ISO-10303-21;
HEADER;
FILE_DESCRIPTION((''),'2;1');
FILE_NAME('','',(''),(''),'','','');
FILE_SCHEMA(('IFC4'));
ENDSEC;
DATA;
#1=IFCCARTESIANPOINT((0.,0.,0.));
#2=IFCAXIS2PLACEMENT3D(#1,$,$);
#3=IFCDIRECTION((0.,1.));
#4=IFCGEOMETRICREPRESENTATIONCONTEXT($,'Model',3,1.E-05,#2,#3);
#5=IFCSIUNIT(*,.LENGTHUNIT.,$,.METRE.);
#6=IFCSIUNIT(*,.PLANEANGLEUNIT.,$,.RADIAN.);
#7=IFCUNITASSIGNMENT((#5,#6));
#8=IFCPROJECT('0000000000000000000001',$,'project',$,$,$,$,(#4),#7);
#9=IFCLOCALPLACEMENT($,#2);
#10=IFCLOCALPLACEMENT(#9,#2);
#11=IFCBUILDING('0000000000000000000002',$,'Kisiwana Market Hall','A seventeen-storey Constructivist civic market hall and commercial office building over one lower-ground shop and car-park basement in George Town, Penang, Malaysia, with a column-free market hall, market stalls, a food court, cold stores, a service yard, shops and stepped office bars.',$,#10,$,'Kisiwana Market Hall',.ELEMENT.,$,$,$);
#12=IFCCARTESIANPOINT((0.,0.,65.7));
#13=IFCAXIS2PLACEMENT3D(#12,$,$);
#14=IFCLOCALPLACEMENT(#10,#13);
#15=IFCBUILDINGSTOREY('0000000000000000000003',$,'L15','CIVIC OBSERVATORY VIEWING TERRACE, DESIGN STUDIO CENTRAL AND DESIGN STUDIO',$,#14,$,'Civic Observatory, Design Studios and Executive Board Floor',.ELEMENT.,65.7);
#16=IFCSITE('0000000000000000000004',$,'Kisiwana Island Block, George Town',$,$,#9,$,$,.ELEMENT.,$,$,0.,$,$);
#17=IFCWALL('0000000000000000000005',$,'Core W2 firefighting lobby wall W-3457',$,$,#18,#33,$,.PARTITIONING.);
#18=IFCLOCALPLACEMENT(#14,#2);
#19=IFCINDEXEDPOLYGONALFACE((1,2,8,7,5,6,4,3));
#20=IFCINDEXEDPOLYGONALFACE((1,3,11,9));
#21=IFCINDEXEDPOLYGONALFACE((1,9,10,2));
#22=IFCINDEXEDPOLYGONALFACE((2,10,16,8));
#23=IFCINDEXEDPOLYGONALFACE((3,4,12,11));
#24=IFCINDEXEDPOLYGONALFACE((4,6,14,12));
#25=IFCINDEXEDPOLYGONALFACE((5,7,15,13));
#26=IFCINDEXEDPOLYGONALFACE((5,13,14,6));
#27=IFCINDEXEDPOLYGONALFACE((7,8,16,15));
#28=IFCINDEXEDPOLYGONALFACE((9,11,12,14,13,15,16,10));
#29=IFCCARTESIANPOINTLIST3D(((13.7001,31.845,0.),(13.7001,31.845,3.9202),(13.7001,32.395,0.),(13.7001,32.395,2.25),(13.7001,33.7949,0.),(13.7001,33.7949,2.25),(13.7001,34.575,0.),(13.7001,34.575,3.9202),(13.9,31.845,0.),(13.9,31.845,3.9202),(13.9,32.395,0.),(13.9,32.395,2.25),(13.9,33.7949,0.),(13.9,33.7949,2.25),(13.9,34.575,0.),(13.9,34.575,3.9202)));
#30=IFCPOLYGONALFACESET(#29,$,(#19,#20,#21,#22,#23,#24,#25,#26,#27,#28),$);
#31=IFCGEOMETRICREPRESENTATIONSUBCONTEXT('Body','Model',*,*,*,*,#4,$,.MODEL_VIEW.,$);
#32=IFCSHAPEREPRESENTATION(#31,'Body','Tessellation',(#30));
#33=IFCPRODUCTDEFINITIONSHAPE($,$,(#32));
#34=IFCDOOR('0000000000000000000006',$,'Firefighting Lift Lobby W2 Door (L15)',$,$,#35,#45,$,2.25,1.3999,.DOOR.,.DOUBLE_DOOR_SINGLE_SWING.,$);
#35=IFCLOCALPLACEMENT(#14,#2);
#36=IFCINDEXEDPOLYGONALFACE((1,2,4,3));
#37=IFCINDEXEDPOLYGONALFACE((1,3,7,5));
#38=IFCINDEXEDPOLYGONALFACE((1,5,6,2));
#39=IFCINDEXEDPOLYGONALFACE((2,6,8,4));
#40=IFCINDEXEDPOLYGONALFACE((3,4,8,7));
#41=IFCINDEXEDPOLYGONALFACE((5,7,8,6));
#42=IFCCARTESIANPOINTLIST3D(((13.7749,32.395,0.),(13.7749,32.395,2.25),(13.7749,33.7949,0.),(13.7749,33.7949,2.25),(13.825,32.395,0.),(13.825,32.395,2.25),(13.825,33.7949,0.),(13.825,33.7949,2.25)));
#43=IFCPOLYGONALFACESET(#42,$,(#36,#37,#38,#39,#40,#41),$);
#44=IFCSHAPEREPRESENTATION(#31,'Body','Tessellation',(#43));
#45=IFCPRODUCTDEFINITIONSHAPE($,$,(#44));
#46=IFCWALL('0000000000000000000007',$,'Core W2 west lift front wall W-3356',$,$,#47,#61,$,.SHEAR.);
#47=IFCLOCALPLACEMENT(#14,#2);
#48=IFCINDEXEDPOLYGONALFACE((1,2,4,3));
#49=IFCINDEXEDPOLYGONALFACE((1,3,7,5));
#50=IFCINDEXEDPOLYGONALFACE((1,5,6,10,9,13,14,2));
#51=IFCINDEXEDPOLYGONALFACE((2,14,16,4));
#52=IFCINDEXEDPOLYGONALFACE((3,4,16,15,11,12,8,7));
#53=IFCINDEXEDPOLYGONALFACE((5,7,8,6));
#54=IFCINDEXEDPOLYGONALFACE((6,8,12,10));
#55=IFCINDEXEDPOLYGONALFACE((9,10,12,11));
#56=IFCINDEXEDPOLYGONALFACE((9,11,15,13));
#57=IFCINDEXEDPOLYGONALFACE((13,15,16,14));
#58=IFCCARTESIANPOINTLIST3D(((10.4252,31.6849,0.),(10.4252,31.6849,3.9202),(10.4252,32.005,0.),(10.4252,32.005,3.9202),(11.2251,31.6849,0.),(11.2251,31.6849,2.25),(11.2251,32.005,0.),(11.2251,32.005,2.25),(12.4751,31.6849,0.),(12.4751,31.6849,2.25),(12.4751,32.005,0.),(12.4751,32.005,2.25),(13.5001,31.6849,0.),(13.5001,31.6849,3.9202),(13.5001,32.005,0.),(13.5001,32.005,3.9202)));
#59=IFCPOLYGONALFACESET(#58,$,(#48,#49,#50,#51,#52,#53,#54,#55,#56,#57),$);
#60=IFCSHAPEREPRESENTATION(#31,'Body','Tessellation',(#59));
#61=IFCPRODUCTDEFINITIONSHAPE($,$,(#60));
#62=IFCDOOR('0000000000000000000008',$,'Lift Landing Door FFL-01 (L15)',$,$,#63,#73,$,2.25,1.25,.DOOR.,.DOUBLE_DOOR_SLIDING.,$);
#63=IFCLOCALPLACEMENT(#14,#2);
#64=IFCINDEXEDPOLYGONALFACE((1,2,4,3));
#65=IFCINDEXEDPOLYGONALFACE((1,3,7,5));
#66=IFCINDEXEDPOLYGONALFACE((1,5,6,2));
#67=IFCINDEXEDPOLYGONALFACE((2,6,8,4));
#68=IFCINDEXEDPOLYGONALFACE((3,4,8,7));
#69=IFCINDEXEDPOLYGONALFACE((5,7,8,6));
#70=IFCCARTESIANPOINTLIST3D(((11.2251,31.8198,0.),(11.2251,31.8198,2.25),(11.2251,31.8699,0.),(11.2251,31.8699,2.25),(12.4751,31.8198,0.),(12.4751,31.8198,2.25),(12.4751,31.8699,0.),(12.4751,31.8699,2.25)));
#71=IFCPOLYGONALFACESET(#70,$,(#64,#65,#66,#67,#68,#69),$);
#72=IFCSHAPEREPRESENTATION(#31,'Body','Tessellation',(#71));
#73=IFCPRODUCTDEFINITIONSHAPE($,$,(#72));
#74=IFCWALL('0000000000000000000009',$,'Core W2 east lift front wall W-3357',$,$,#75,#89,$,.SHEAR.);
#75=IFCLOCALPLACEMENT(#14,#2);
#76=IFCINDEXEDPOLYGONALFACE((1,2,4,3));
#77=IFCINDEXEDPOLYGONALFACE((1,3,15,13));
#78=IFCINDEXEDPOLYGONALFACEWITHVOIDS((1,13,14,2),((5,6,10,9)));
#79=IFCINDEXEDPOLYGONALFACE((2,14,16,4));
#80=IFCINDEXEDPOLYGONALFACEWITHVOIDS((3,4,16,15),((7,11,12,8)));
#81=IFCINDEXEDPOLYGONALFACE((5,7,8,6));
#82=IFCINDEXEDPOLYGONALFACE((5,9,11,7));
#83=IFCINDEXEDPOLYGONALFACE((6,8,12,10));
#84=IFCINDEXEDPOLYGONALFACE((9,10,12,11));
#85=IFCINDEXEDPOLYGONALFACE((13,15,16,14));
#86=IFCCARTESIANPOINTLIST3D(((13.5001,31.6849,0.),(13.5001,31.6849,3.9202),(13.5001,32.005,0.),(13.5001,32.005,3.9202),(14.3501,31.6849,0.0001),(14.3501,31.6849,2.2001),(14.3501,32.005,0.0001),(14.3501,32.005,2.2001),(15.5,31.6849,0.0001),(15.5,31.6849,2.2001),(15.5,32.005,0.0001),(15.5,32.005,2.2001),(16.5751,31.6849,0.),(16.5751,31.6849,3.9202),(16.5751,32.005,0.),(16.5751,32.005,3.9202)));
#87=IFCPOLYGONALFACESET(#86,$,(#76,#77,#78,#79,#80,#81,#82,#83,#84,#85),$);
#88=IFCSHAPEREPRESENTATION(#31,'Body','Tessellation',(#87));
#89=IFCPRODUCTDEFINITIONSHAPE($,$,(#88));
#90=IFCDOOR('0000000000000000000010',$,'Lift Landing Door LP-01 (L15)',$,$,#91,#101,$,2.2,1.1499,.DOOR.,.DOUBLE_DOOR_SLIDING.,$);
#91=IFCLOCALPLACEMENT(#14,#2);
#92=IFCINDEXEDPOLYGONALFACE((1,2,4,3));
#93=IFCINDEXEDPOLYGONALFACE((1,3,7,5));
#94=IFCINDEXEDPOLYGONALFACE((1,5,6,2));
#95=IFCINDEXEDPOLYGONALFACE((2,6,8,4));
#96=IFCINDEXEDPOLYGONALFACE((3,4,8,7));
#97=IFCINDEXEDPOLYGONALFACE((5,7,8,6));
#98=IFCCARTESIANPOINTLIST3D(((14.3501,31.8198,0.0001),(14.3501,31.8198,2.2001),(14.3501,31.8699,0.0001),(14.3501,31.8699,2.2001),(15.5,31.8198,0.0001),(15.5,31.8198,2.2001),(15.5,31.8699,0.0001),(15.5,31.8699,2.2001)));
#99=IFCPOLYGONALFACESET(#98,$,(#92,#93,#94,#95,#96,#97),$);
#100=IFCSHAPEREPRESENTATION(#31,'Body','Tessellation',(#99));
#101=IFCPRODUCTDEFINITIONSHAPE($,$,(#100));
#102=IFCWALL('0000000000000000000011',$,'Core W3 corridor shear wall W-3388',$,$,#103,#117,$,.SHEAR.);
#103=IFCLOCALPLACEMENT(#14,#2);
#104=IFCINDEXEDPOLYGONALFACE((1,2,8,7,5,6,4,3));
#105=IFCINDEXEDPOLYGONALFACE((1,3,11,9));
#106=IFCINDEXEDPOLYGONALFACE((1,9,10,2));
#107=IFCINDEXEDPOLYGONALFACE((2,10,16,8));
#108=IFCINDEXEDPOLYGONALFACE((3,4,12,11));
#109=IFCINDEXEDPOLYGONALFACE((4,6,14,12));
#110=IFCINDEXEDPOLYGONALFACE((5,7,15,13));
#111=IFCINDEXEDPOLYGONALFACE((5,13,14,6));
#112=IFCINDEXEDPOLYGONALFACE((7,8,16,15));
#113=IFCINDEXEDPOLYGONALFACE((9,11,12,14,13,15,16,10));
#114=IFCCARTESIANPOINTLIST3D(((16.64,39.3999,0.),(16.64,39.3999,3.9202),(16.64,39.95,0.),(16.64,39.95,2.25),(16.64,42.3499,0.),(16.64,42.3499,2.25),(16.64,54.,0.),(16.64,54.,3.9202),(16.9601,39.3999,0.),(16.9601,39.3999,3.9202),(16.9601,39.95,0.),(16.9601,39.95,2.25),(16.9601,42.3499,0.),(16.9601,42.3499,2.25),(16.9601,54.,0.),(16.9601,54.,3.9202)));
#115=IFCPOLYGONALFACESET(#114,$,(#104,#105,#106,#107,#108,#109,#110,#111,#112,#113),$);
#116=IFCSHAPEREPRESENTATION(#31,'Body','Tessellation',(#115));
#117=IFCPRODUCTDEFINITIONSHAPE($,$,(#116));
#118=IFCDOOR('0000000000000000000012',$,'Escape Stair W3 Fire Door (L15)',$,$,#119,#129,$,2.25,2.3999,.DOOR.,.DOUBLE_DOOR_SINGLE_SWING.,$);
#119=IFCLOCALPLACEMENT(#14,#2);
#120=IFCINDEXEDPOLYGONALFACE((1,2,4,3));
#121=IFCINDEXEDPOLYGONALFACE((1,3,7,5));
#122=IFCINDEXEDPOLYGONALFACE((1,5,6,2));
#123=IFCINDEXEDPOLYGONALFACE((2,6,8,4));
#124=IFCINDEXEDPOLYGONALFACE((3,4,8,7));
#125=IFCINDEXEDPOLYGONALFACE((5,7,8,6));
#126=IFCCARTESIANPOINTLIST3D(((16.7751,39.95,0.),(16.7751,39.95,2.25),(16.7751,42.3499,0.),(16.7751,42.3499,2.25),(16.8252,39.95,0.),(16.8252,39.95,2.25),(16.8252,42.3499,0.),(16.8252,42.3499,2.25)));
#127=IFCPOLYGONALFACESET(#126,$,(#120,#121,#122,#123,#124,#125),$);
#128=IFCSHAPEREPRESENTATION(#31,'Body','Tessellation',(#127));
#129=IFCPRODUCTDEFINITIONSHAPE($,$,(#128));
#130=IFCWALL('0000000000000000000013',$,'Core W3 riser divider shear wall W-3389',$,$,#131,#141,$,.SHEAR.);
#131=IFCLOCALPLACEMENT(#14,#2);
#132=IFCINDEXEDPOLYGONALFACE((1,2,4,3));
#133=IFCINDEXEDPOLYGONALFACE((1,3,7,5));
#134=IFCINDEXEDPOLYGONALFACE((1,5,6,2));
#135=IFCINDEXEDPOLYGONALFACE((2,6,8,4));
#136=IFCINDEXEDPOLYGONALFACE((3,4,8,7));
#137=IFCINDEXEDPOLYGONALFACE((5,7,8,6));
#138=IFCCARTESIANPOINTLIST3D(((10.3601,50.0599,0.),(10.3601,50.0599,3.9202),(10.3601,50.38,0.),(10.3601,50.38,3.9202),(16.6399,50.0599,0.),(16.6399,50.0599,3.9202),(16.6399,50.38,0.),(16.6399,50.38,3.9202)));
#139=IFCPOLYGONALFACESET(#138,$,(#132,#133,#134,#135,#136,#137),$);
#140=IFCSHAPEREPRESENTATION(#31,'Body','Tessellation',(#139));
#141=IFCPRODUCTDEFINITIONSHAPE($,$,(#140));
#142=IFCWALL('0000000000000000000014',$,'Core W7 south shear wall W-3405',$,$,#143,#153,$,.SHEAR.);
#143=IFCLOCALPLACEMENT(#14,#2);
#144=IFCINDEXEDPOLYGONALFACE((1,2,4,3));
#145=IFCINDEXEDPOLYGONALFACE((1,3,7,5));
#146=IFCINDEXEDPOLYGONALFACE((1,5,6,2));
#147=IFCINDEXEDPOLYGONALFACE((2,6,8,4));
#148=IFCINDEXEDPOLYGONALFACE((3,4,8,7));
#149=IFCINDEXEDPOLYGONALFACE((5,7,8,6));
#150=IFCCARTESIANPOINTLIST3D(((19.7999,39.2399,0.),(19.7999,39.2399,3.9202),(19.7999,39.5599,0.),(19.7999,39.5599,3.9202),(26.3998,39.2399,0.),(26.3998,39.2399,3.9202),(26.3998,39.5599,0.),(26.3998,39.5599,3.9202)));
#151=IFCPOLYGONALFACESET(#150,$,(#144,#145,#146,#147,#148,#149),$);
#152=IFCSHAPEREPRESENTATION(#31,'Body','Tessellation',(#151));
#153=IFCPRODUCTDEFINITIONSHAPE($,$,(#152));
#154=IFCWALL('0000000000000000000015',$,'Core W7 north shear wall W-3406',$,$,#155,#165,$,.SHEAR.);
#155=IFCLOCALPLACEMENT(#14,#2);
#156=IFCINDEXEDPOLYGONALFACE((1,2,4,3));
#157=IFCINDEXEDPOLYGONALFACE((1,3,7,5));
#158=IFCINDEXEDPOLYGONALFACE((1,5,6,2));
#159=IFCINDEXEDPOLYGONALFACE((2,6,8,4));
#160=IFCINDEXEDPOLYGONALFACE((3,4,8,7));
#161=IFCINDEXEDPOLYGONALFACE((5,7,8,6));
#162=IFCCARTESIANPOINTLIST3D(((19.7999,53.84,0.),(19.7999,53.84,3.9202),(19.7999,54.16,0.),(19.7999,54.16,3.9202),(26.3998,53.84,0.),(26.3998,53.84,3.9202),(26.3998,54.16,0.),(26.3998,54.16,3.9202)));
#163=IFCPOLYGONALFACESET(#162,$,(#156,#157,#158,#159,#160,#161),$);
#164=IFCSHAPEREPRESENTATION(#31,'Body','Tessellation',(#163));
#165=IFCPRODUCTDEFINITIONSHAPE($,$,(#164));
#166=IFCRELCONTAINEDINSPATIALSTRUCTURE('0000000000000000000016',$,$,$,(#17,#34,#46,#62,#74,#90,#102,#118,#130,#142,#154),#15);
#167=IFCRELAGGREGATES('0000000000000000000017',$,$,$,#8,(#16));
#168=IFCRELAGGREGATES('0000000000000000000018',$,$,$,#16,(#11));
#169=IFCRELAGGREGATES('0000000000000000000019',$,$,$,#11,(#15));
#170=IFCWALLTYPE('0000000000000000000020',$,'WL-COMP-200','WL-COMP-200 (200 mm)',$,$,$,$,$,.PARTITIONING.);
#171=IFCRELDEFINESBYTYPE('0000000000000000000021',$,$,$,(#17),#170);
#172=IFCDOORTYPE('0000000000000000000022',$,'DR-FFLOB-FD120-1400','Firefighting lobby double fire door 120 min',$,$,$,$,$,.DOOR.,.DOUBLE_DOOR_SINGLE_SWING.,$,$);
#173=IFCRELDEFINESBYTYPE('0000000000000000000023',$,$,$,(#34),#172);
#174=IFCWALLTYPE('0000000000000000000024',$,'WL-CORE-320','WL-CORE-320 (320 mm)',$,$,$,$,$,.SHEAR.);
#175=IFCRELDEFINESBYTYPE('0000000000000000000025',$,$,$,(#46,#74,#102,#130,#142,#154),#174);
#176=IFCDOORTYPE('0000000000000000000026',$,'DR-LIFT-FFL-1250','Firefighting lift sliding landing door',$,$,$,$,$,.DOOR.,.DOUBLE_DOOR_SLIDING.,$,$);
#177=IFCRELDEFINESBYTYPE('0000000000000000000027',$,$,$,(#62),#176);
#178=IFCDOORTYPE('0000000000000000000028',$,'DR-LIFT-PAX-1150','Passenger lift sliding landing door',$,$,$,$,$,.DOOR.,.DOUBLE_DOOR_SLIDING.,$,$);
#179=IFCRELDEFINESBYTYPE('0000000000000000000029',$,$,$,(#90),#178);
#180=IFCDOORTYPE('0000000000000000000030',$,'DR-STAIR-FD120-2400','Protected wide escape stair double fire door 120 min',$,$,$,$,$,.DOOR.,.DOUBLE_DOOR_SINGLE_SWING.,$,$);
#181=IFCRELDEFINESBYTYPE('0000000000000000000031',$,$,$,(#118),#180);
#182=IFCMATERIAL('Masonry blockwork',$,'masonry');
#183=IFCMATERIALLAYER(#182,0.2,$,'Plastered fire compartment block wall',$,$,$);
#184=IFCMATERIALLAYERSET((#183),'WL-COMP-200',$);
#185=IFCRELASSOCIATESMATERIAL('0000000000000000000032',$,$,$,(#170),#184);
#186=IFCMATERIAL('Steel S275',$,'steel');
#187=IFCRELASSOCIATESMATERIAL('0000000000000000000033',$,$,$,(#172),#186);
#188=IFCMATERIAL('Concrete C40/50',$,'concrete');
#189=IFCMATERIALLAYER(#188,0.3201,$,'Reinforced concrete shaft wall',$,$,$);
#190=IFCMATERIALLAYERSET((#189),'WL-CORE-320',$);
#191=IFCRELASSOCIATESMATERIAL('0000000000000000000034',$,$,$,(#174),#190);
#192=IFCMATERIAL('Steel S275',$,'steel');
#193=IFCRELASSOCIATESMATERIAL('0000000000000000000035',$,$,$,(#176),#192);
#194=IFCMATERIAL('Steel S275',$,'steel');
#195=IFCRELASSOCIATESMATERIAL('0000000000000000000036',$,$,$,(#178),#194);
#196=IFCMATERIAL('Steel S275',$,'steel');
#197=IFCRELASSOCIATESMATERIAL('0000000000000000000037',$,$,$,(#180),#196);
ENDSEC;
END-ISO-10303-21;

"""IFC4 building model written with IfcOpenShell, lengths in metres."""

from ifc_helpers import new_model, si_unit, direction, frame, frame_2d, origin, place, context, subcontext, project, spatial, rectangle, extrude, material, layer, layer_set, type_object, element, fill, save


model = new_model("IFC4")

# Units and contexts
model_context = context("Model", 3, precision=1e-05, world=origin(), true_north=direction((0.0, 1.0)))
body_context = subcontext(model_context, "Body", "Model", "MODEL_VIEW")
ifc_project = project(units=[si_unit("LENGTHUNIT", "METRE"), si_unit("PLANEANGLEUNIT", "RADIAN")], contexts=[model_context])

# Site, building, storey
site_placement = place(None, origin())
site = spatial("IfcSite", under=ifc_project, at=site_placement, Name="Kisiwana Island Block, George Town", CompositionType="ELEMENT", RefElevation=0.0)
building_placement = place(site_placement, origin())
building = spatial("IfcBuilding", under=site, at=building_placement, Name="Kisiwana Market Hall", Description="A seventeen-storey Constructivist civic market hall and commercial office building over one lower-ground shop and car-park basement in George Town, Penang, Malaysia, with a column-free market hall, market stalls, a food court, cold stores, a service yard, shops and stepped office bars.", LongName="Kisiwana Market Hall", CompositionType="ELEMENT")
storey_placement = place(building_placement, frame((0.0, 0.0, 65.7)))
storey = spatial("IfcBuildingStorey", under=building, at=storey_placement, Name="L15", Description="CIVIC OBSERVATORY VIEWING TERRACE, DESIGN STUDIO CENTRAL AND DESIGN STUDIO", LongName="Civic Observatory, Design Studios and Executive Board Floor", CompositionType="ELEMENT", Elevation=65.7)

# Walls, openings, doors
ifc_material_1 = material(Name="Masonry blockwork", Category="masonry")
ifc_layer_1 = layer(ifc_material_1, 0.2, Name="Plastered fire compartment block wall")
ifc_layer_set_1 = layer_set([ifc_layer_1], Name="WL-COMP-200")
wall_type_1 = type_object("IfcWallType", Name="WL-COMP-200", Description="WL-COMP-200 (200 mm)", PredefinedType="PARTITIONING", material=ifc_layer_set_1)
wall_1_placement = place(storey_placement, frame((13.8, 31.845, 0.0), z_axis=(0.0, 0.0, 1.0), x_axis=(0.0, 1.0, 0.0)))
wall_1 = element("IfcWall", 1, at=wall_1_placement, inside=storey, type_object=wall_type_1, Name="Core W2 firefighting lobby wall W-3457", PredefinedType="PARTITIONING", context=body_context, shape_type="SweptSolid", body=[
    extrude(rectangle(XDim=2.73, YDim=0.2, at=frame_2d((1.365, 0.0))), origin(), (0.0, 0.0, 1.0), 3.9202),
])
opening_1_placement = place(wall_1_placement, frame((0.55, 0.0, 0.0)))
opening_1 = element("IfcOpeningElement", 2, at=opening_1_placement, cuts=wall_1, PredefinedType="OPENING", context=body_context, shape_type="SweptSolid", body=[
    extrude(rectangle(XDim=1.3999, YDim=2.25, at=frame_2d((0.7, 1.125))), frame((0.0, 0.1118, 0.0), z_axis=(0.0, -1.0, 0.0), x_axis=(1.0, 0.0, 0.0)), (0.0, 0.0, 1.0), 0.2239),
])
ifc_material_2 = material(Name="Steel S275", Category="steel")
door_type_1 = type_object("IfcDoorType", Name="DR-FFLOB-FD120-1400", Description="Firefighting lobby double fire door 120 min", OperationType="DOUBLE_DOOR_SINGLE_SWING", PredefinedType="DOOR", material=ifc_material_2)
door_1_placement = place(opening_1_placement, frame((1.3999, 0.0, 0.0), z_axis=(0.0, 0.0, 1.0), x_axis=(-1.0, 0.0, 0.0)))
door_1 = element("IfcDoor", 3, at=door_1_placement, inside=storey, type_object=door_type_1, Name="Firefighting Lift Lobby W2 Door (L15)", OperationType="DOUBLE_DOOR_SINGLE_SWING", OverallHeight=2.25, OverallWidth=1.3999, PredefinedType="DOOR", context=body_context, shape_type="SweptSolid", body=[
    extrude(rectangle(XDim=1.3999, YDim=2.25, at=frame_2d((0.7, 1.125))), frame((0.0, 0.0249, 0.0), z_axis=(0.0, -1.0, 0.0), x_axis=(1.0, 0.0, 0.0)), (0.0, 0.0, 1.0), 0.05),
])
fill(opening_1, door_1)
ifc_material_3 = material(Name="Concrete C40/50", Category="concrete")
ifc_layer_2 = layer(ifc_material_3, 0.3201, Name="Reinforced concrete shaft wall")
ifc_layer_set_2 = layer_set([ifc_layer_2], Name="WL-CORE-320")
wall_type_2 = type_object("IfcWallType", Name="WL-CORE-320", Description="WL-CORE-320 (320 mm)", PredefinedType="SHEAR", material=ifc_layer_set_2)
wall_2_placement = place(storey_placement, frame((10.425, 31.845, 0.0), z_axis=(0.0, 0.0, 1.0), x_axis=(1.0, 0.0, 0.0)))
wall_2 = element("IfcWall", 4, at=wall_2_placement, inside=storey, type_object=wall_type_2, Name="Core W2 west lift front wall W-3356", PredefinedType="SHEAR", context=body_context, shape_type="SweptSolid", body=[
    extrude(rectangle(XDim=3.075, YDim=0.3201, at=frame_2d((1.5376, 0.0))), origin(), (0.0, 0.0, 1.0), 3.9202),
])
opening_2_placement = place(wall_2_placement, frame((0.8, 0.0, 0.0)))
opening_2 = element("IfcOpeningElement", 5, at=opening_2_placement, cuts=wall_2, PredefinedType="OPENING", context=body_context, shape_type="SweptSolid", body=[
    extrude(rectangle(XDim=1.25, YDim=2.25, at=frame_2d((0.625, 1.125))), frame((0.0, 0.1719, 0.0), z_axis=(0.0, -1.0, 0.0), x_axis=(1.0, 0.0, 0.0)), (0.0, 0.0, 1.0), 0.344),
])
ifc_material_4 = material(Name="Steel S275", Category="steel")
door_type_2 = type_object("IfcDoorType", Name="DR-LIFT-FFL-1250", Description="Firefighting lift sliding landing door", OperationType="DOUBLE_DOOR_SLIDING", PredefinedType="DOOR", material=ifc_material_4)
door_2_placement = place(opening_2_placement, origin())
door_2 = element("IfcDoor", 6, at=door_2_placement, inside=storey, type_object=door_type_2, Name="Lift Landing Door FFL-01 (L15)", OperationType="DOUBLE_DOOR_SLIDING", OverallHeight=2.25, OverallWidth=1.25, PredefinedType="DOOR", context=body_context, shape_type="SweptSolid", body=[
    extrude(rectangle(XDim=1.25, YDim=2.25, at=frame_2d((0.625, 1.125))), frame((0.0, 0.0249, 0.0), z_axis=(0.0, -1.0, 0.0), x_axis=(1.0, 0.0, 0.0)), (0.0, 0.0, 1.0), 0.05),
])
fill(opening_2, door_2)
wall_3_placement = place(storey_placement, frame((13.5, 31.845, 0.0), z_axis=(0.0, 0.0, 1.0), x_axis=(1.0, 0.0, 0.0)))
wall_3 = element("IfcWall", 7, at=wall_3_placement, inside=storey, type_object=wall_type_2, Name="Core W2 east lift front wall W-3357", PredefinedType="SHEAR", context=body_context, shape_type="SweptSolid", body=[
    extrude(rectangle(XDim=3.075, YDim=0.3201, at=frame_2d((1.5376, 0.0))), origin(), (0.0, 0.0, 1.0), 3.9202),
])
opening_3_placement = place(wall_3_placement, frame((0.8501, 0.0, 0.0)))
opening_3 = element("IfcOpeningElement", 8, at=opening_3_placement, cuts=wall_3, PredefinedType="OPENING", context=body_context, shape_type="SweptSolid", body=[
    extrude(rectangle(XDim=1.1499, YDim=2.2, at=frame_2d((0.575, 1.1001))), frame((0.0, 0.1719, 0.0), z_axis=(0.0, -1.0, 0.0), x_axis=(1.0, 0.0, 0.0)), (0.0, 0.0, 1.0), 0.344),
])
ifc_material_5 = material(Name="Steel S275", Category="steel")
door_type_3 = type_object("IfcDoorType", Name="DR-LIFT-PAX-1150", Description="Passenger lift sliding landing door", OperationType="DOUBLE_DOOR_SLIDING", PredefinedType="DOOR", material=ifc_material_5)
door_3_placement = place(opening_3_placement, origin())
door_3 = element("IfcDoor", 9, at=door_3_placement, inside=storey, type_object=door_type_3, Name="Lift Landing Door LP-01 (L15)", OperationType="DOUBLE_DOOR_SLIDING", OverallHeight=2.2, OverallWidth=1.1499, PredefinedType="DOOR", context=body_context, shape_type="SweptSolid", body=[
    extrude(rectangle(XDim=1.1499, YDim=2.2, at=frame_2d((0.575, 1.1001))), frame((0.0, 0.0249, 0.0), z_axis=(0.0, -1.0, 0.0), x_axis=(1.0, 0.0, 0.0)), (0.0, 0.0, 1.0), 0.05),
])
fill(opening_3, door_3)
wall_4_placement = place(storey_placement, frame((16.8, 39.3999, 0.0), z_axis=(0.0, 0.0, 1.0), x_axis=(0.0, 1.0, 0.0)))
wall_4 = element("IfcWall", 10, at=wall_4_placement, inside=storey, type_object=wall_type_2, Name="Core W3 corridor shear wall W-3388", PredefinedType="SHEAR", context=body_context, shape_type="SweptSolid", body=[
    extrude(rectangle(XDim=14.6001, YDim=0.3201, at=frame_2d((7.3, 0.0))), origin(), (0.0, 0.0, 1.0), 3.9202),
])
opening_4_placement = place(wall_4_placement, frame((0.55, 0.0, 0.0)))
opening_4 = element("IfcOpeningElement", 11, at=opening_4_placement, cuts=wall_4, PredefinedType="OPENING", context=body_context, shape_type="SweptSolid", body=[
    extrude(rectangle(XDim=2.3999, YDim=2.25, at=frame_2d((1.2, 1.125))), frame((0.0, 0.1719, 0.0), z_axis=(0.0, -1.0, 0.0), x_axis=(1.0, 0.0, 0.0)), (0.0, 0.0, 1.0), 0.344),
])
ifc_material_6 = material(Name="Steel S275", Category="steel")
door_type_4 = type_object("IfcDoorType", Name="DR-STAIR-FD120-2400", Description="Protected wide escape stair double fire door 120 min", OperationType="DOUBLE_DOOR_SINGLE_SWING", PredefinedType="DOOR", material=ifc_material_6)
door_4_placement = place(opening_4_placement, origin())
door_4 = element("IfcDoor", 12, at=door_4_placement, inside=storey, type_object=door_type_4, Name="Escape Stair W3 Fire Door (L15)", OperationType="DOUBLE_DOOR_SINGLE_SWING", OverallHeight=2.25, OverallWidth=2.3999, PredefinedType="DOOR", context=body_context, shape_type="SweptSolid", body=[
    extrude(rectangle(XDim=2.3999, YDim=2.25, at=frame_2d((1.2, 1.125))), frame((0.0, 0.0249, 0.0), z_axis=(0.0, -1.0, 0.0), x_axis=(1.0, 0.0, 0.0)), (0.0, 0.0, 1.0), 0.05),
])
fill(opening_4, door_4)

# Walls
wall_5_placement = place(storey_placement, frame((10.3601, 50.22, 0.0), z_axis=(0.0, 0.0, 1.0), x_axis=(1.0, 0.0, 0.0)))
element("IfcWall", 13, at=wall_5_placement, inside=storey, type_object=wall_type_2, Name="Core W3 riser divider shear wall W-3389", PredefinedType="SHEAR", context=body_context, shape_type="SweptSolid", body=[
    extrude(rectangle(XDim=6.2798, YDim=0.3201, at=frame_2d((3.1399, 0.0))), origin(), (0.0, 0.0, 1.0), 3.9202),
])
for number, where, z_axis, x_axis, name in (
    (14, (19.8, 39.3999, 0.0), (0.0, 0.0, 1.0), (1.0, 0.0, 0.0), "Core W7 south shear wall W-3405"),
    (15, (19.8, 54.0, 0.0), (0.0, 0.0, 1.0), (1.0, 0.0, 0.0), "Core W7 north shear wall W-3406"),
):
    element("IfcWall", number, at=place(storey_placement, frame(where, z_axis=z_axis, x_axis=x_axis)), inside=storey, type_object=wall_type_2, Name=name, PredefinedType="SHEAR", context=body_context, shape_type="SweptSolid", body=[
        extrude(rectangle(XDim=6.5999, YDim=0.3201, at=frame_2d((3.2998, 0.0))), origin(), (0.0, 0.0, 1.0), 3.9202),
    ])

save(model, "model.ifc")
